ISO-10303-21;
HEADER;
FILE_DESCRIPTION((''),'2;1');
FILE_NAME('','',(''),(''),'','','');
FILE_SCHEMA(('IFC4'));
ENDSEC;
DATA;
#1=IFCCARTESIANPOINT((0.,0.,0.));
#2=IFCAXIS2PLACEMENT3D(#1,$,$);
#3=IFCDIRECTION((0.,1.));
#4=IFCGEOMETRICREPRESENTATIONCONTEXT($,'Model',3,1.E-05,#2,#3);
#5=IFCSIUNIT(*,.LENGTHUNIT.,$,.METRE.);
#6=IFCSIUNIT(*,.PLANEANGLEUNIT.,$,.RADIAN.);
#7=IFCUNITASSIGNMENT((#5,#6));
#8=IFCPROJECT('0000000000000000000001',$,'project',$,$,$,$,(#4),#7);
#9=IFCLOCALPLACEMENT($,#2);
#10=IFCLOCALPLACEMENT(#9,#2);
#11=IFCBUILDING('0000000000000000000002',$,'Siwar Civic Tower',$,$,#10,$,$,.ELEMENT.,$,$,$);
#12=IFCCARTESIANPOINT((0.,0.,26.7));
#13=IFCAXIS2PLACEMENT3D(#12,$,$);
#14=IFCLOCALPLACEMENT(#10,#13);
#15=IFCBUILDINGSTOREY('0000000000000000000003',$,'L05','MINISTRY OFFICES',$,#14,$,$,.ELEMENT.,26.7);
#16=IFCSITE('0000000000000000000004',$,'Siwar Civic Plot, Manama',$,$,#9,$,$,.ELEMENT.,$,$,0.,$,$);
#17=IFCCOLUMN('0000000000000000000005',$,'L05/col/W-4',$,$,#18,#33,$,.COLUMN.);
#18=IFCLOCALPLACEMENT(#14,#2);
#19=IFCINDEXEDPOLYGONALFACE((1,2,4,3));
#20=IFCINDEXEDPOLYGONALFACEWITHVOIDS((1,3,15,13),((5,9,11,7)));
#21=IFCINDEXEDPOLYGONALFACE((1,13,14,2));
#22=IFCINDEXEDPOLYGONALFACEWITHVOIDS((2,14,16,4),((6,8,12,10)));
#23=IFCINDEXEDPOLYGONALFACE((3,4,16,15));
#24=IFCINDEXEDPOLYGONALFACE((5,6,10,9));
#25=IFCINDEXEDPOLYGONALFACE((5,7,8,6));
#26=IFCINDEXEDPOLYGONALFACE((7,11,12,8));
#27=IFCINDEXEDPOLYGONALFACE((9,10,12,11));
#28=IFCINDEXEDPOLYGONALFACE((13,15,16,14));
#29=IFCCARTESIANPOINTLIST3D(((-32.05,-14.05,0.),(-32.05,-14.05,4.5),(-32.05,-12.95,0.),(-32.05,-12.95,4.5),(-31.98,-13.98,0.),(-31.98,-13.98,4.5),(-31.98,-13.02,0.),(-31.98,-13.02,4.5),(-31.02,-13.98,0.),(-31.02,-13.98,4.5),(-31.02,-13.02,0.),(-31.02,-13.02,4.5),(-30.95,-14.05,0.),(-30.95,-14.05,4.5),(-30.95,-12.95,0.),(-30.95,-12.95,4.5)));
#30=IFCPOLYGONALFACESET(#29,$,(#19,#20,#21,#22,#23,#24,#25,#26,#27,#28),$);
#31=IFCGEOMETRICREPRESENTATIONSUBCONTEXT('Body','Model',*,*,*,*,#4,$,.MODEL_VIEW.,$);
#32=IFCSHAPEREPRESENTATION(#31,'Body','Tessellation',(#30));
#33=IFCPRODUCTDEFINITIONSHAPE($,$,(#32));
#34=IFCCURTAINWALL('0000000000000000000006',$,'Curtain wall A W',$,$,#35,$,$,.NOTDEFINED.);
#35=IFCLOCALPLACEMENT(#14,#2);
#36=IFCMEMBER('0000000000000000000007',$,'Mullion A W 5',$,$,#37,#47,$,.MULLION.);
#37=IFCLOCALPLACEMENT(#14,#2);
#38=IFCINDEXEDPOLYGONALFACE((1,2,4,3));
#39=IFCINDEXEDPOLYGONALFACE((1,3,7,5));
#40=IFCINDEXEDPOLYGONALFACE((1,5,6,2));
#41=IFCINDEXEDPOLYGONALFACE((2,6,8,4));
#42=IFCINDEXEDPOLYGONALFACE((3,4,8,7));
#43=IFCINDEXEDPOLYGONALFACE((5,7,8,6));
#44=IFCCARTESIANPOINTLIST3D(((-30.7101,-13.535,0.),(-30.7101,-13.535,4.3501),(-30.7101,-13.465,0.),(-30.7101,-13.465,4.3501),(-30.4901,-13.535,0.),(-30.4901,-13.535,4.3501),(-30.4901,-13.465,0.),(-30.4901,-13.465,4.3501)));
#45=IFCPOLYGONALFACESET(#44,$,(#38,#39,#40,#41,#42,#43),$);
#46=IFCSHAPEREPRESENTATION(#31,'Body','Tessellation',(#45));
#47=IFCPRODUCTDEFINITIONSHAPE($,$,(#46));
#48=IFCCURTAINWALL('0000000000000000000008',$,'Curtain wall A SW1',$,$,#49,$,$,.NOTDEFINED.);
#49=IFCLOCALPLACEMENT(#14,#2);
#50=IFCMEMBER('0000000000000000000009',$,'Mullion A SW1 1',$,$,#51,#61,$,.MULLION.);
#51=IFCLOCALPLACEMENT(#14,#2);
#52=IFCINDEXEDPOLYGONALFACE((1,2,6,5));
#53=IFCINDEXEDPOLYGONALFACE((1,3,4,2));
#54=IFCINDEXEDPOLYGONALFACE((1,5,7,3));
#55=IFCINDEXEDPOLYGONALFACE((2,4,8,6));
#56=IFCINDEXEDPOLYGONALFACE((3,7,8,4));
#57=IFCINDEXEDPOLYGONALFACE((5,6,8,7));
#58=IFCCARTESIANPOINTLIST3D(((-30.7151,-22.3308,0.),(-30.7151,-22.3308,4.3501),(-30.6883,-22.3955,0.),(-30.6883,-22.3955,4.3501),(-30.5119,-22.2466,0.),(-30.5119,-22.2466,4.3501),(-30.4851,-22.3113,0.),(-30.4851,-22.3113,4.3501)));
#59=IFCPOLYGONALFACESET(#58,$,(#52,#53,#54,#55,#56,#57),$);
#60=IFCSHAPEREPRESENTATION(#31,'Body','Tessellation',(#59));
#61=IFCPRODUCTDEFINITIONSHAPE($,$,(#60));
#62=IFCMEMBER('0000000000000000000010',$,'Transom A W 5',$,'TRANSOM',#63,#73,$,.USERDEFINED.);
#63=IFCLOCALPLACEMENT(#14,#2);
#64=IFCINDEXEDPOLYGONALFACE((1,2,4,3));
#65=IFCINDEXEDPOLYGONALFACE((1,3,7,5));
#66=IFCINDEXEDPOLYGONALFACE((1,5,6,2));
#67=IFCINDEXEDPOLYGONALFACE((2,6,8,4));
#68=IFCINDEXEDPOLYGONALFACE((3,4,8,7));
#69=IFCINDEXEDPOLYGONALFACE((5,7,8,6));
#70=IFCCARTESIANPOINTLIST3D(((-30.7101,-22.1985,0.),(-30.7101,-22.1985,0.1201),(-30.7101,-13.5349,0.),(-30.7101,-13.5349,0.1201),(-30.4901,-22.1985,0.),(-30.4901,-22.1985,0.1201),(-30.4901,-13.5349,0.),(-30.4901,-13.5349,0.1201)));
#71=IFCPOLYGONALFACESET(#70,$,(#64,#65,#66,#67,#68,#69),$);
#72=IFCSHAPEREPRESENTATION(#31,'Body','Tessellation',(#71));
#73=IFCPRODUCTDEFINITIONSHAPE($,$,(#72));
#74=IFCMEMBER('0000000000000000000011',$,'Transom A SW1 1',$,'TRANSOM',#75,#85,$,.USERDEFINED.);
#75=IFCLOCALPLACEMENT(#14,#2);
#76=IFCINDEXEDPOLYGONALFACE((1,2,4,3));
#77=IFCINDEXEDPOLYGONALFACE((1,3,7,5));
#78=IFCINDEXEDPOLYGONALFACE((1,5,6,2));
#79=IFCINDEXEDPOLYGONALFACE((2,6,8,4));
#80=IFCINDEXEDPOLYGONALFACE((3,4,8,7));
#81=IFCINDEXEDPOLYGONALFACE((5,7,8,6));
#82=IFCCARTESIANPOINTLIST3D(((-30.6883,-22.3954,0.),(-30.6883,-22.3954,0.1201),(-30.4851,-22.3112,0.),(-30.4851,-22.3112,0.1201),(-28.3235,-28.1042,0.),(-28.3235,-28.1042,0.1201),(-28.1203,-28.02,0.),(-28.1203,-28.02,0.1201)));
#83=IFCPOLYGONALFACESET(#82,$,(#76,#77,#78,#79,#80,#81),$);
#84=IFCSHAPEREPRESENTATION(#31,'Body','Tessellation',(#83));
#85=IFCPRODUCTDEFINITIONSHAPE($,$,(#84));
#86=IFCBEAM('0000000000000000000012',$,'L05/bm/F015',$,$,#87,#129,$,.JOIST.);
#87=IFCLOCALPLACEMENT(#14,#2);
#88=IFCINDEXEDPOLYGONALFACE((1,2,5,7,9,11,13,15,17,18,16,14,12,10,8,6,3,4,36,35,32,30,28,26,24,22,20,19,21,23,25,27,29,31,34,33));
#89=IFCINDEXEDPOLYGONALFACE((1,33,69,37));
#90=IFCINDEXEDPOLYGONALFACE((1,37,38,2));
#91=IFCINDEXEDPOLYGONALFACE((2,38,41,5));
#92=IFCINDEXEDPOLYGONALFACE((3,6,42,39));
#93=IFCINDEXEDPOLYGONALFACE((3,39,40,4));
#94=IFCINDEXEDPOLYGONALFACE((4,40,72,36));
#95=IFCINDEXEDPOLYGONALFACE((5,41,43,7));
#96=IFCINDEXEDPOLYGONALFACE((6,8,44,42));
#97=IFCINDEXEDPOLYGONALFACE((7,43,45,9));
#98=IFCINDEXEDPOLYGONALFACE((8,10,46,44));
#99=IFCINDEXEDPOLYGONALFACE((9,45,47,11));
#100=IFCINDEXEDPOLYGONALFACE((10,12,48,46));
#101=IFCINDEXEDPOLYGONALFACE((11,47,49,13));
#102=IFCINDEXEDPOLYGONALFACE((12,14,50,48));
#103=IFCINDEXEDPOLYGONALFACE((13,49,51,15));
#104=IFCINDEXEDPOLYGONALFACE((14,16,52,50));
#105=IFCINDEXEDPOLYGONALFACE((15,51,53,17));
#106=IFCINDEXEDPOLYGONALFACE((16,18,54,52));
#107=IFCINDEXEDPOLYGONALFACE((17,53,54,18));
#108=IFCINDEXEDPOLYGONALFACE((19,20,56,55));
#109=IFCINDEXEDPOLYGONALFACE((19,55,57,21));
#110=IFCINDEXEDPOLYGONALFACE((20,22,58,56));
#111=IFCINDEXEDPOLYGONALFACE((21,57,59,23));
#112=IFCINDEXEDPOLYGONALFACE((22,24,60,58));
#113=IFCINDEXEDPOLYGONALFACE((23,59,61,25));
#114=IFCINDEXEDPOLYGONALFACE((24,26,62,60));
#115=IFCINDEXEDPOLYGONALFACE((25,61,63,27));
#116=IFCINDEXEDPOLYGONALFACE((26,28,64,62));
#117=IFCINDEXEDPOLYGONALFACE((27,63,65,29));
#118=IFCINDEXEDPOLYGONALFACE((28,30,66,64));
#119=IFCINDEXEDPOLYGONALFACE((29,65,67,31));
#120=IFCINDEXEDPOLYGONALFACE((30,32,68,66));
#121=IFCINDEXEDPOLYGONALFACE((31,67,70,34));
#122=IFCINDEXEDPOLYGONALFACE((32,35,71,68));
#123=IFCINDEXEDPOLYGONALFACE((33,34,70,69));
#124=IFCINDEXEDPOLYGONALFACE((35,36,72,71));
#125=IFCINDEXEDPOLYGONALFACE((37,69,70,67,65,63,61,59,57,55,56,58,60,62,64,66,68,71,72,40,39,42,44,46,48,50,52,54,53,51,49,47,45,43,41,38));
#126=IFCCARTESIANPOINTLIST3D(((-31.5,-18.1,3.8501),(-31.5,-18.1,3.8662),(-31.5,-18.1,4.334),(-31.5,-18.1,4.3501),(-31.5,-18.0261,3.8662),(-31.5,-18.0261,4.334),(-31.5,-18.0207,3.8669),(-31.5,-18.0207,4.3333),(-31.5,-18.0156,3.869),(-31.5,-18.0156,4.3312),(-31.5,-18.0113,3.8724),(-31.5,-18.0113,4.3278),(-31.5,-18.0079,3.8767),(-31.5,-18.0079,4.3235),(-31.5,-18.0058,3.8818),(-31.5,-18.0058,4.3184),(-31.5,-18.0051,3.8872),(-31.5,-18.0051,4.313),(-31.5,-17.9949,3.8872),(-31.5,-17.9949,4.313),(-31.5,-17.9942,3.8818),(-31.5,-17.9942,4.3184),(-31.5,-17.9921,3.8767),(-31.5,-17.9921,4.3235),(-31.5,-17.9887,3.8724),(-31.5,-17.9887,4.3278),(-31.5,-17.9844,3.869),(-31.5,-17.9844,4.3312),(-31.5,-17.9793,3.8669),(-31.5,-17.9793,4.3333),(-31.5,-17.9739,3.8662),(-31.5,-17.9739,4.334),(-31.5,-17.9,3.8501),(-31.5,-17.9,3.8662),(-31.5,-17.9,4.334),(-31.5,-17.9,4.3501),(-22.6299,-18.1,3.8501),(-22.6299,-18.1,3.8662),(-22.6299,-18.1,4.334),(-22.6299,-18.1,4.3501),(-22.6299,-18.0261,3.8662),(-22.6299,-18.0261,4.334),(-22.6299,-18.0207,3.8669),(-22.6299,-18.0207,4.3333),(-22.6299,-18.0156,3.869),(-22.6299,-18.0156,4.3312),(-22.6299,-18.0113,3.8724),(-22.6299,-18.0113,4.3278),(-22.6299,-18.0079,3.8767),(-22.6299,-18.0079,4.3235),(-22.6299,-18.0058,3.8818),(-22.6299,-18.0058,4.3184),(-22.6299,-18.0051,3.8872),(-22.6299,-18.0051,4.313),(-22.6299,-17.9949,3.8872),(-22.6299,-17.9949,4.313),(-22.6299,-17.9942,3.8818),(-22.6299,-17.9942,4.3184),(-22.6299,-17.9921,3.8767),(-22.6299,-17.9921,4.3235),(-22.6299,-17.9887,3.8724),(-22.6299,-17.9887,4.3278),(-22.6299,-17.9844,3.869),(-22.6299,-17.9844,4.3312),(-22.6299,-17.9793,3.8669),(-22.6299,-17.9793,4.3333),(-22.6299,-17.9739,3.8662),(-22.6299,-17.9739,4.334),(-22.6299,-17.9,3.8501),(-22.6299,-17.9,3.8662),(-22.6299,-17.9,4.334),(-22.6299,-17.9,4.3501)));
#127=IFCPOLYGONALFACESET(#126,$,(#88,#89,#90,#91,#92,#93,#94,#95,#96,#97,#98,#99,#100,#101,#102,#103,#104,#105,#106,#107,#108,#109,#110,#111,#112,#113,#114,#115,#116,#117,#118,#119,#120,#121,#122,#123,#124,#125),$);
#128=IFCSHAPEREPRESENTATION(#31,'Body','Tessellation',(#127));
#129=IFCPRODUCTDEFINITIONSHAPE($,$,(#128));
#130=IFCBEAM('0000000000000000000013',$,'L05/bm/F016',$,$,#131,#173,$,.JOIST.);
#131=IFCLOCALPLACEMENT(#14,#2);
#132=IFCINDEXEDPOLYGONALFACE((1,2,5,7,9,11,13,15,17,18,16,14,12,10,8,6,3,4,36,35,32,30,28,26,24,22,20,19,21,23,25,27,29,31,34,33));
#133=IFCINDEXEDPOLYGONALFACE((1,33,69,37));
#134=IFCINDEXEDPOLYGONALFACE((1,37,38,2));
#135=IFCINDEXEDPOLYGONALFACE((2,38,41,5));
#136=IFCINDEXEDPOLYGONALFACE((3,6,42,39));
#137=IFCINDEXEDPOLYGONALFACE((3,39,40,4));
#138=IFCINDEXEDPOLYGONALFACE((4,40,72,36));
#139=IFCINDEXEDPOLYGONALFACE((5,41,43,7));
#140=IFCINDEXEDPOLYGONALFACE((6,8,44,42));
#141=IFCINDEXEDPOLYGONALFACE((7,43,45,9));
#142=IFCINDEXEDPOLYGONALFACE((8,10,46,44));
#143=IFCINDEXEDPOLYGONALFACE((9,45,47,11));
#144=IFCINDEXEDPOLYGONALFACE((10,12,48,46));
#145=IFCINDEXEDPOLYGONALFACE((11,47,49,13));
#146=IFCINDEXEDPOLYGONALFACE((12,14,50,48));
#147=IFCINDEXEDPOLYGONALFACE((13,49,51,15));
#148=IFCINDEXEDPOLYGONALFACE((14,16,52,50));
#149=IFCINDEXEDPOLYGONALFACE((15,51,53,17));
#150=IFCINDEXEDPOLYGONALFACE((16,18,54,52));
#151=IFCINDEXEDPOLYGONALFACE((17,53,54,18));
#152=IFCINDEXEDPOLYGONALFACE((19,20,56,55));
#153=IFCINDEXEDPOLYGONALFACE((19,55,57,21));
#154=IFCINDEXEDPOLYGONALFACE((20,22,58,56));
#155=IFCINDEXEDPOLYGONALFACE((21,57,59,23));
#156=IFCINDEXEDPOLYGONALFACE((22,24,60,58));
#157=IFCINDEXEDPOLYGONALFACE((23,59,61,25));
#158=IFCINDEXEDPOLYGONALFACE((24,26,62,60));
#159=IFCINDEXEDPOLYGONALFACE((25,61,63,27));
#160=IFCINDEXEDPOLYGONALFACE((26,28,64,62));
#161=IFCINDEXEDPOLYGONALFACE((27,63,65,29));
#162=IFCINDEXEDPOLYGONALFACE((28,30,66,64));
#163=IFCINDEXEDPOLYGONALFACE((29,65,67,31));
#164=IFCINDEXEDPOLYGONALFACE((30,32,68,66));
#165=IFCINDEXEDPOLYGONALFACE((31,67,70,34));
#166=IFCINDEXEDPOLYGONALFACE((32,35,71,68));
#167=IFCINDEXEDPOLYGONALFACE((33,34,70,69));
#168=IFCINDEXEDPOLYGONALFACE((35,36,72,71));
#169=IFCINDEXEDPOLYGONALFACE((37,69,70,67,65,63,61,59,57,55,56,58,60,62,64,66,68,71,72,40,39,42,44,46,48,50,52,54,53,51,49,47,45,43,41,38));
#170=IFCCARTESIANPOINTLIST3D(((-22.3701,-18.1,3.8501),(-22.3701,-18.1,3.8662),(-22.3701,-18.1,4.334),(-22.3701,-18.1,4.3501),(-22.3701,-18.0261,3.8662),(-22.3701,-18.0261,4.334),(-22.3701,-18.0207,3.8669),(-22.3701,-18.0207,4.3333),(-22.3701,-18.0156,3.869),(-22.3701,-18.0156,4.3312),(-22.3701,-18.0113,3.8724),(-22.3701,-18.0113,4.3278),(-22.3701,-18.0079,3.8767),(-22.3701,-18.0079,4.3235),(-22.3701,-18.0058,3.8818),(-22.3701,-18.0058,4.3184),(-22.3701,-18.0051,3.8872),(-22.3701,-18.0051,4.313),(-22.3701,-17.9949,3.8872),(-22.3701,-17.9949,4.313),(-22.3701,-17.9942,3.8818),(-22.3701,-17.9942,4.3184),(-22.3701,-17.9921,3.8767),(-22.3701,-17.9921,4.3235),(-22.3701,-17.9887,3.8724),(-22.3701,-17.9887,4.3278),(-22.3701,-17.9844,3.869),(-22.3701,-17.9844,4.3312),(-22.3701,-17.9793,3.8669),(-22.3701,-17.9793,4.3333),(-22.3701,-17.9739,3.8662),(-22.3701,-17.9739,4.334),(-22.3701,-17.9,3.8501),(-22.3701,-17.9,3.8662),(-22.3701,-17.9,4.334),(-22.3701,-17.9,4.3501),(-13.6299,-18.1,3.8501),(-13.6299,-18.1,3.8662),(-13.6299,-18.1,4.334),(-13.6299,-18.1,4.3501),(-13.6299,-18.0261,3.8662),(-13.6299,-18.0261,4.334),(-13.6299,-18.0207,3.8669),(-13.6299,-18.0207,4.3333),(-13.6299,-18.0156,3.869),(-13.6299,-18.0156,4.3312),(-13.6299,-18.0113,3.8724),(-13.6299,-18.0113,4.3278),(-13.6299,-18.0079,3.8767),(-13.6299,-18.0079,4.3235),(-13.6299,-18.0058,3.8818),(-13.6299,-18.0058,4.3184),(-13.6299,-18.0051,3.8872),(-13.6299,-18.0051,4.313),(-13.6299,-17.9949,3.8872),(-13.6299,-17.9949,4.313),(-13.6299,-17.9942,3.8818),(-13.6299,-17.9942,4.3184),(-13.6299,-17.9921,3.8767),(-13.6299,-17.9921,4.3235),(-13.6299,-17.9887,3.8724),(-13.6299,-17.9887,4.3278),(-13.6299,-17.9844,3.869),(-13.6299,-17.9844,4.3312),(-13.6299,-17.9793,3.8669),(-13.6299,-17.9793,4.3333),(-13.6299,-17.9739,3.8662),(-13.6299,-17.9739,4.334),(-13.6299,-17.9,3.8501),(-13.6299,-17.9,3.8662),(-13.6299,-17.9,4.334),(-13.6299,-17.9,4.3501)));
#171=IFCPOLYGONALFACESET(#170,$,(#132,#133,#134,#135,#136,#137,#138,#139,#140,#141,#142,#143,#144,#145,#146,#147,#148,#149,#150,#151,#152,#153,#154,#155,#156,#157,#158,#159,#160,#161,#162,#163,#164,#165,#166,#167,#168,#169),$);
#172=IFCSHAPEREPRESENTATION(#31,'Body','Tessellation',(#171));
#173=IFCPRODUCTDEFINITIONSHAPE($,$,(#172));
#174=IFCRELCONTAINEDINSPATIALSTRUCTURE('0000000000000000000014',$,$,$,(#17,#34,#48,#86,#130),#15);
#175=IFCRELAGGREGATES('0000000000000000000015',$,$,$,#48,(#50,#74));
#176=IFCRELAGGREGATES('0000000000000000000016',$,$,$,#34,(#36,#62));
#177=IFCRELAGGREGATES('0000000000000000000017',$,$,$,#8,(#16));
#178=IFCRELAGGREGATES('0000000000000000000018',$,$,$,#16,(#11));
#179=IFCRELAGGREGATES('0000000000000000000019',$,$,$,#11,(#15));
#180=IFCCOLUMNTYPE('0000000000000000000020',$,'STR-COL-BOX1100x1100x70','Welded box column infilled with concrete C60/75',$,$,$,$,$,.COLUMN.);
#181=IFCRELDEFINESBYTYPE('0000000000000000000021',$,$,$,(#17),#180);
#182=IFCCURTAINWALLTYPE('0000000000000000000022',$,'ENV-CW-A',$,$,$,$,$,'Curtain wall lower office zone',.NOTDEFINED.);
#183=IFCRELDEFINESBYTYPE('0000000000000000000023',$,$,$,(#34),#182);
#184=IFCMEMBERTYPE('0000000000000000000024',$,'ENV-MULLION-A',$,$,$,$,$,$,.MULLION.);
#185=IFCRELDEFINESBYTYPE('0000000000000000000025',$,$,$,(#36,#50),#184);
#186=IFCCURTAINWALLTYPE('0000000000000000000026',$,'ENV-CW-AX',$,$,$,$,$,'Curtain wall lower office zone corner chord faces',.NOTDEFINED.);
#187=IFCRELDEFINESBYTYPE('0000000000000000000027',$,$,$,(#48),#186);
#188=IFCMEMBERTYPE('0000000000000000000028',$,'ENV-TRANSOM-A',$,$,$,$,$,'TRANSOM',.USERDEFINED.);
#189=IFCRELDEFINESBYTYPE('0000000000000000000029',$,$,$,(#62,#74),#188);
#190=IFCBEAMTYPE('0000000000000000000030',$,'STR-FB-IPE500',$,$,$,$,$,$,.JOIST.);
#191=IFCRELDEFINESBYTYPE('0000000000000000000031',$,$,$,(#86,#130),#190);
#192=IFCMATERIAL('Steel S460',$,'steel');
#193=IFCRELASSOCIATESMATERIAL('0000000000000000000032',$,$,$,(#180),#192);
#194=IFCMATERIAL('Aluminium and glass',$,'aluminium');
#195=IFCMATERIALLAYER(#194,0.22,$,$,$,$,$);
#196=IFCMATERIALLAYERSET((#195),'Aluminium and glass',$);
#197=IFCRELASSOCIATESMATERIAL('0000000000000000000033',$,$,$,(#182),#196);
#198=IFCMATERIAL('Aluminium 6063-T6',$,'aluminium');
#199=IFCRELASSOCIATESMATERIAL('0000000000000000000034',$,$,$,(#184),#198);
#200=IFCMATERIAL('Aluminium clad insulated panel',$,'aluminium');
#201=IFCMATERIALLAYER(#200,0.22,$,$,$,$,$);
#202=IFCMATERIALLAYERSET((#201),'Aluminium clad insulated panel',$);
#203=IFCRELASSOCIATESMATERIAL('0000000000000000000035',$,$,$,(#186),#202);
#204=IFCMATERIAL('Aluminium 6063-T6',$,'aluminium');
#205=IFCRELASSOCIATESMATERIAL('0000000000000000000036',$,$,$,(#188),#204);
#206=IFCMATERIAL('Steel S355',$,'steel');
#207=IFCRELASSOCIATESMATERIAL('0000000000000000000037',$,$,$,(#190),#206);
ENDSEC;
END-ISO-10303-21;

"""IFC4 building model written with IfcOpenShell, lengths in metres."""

from ifc_helpers import new_model, si_unit, direction, frame, origin, origin_2d, place, context, subcontext, project, spatial, rectangle, hollow_rectangle, i_section, extrude, material, layer, layer_set, material_profile, profile_set, type_object, element, aggregate, save


model = new_model("IFC4")

# Units and contexts
model_context = context("Model", 3, precision=1e-05, world=origin(), true_north=direction((0.0, 1.0)))
body_context = subcontext(model_context, "Body", "Model", "MODEL_VIEW")
ifc_project = project(units=[si_unit("LENGTHUNIT", "METRE"), si_unit("PLANEANGLEUNIT", "RADIAN")], contexts=[model_context])

# Site, building, storey
site_placement = place(None, origin())
site = spatial("IfcSite", under=ifc_project, at=site_placement, Name="Siwar Civic Plot, Manama", CompositionType="ELEMENT", RefElevation=0.0)
building_placement = place(site_placement, origin())
building = spatial("IfcBuilding", under=site, at=building_placement, Name="Siwar Civic Tower", CompositionType="ELEMENT")
storey_placement = place(building_placement, frame((0.0, 0.0, 26.7)))
storey = spatial("IfcBuildingStorey", under=building, at=storey_placement, Name="L05", Description="MINISTRY OFFICES", CompositionType="ELEMENT", Elevation=26.7)

# Column
ifc_material_1 = material(Name="Steel S460", Category="steel")
ifc_material_profile_1 = material_profile(ifc_material_1, hollow_rectangle(XDim=1.1001, YDim=1.1001, WallThickness=0.0701, at=origin_2d()), Name="BOX1100x1100x70")
ifc_profile_set_1 = profile_set([ifc_material_profile_1], Name="Steel S460")
column_type = type_object("IfcColumnType", Name="STR-COL-BOX1100x1100x70", Description="Welded box column infilled with concrete C60/75", PredefinedType="COLUMN", material=ifc_profile_set_1)
column_placement = place(storey_placement, frame((-31.5, -13.5, 0.0), z_axis=(0.0, 0.0, 1.0), x_axis=(1.0, 0.0, 0.0)))
element("IfcColumn", 1, at=column_placement, inside=storey, type_object=column_type, Name="L05/col/W-4", PredefinedType="COLUMN", context=body_context, shape_type="SweptSolid", body=[
    extrude(hollow_rectangle(XDim=1.1001, YDim=1.1001, WallThickness=0.0701, at=origin_2d()), origin(), (0.0, 0.0, 1.0), 4.5),
])

# Curtain walls, members
ifc_material_2 = material(Name="Aluminium and glass", Category="aluminium")
ifc_layer_1 = layer(ifc_material_2, 0.22)
ifc_layer_set_1 = layer_set([ifc_layer_1], Name="Aluminium and glass")
curtain_wall_type_1 = type_object("IfcCurtainWallType", Name="ENV-CW-A", ElementType="Curtain wall lower office zone", PredefinedType="NOTDEFINED", material=ifc_layer_set_1)
curtain_wall_1_placement = place(storey_placement, origin())
curtain_wall_1 = element("IfcCurtainWall", 2, at=curtain_wall_1_placement, inside=storey, type_object=curtain_wall_type_1, Name="Curtain wall A W", PredefinedType="NOTDEFINED")
ifc_material_3 = material(Name="Aluminium 6063-T6", Category="aluminium")
ifc_material_profile_2 = material_profile(ifc_material_3, rectangle(XDim=0.22, YDim=0.0701, at=origin_2d()), Name="AL 220x70")
ifc_profile_set_2 = profile_set([ifc_material_profile_2], Name="Aluminium 6063-T6")
member_type_1 = type_object("IfcMemberType", Name="ENV-MULLION-A", PredefinedType="MULLION", material=ifc_profile_set_2)
member_1_placement = place(storey_placement, frame((-30.6001, -13.5, 0.0), z_axis=(0.0, 0.0, 1.0), x_axis=(1.0, 0.0, 0.0)))
member_1 = element("IfcMember", 3, at=member_1_placement, type_object=member_type_1, Name="Mullion A W 5", PredefinedType="MULLION", context=body_context, shape_type="SweptSolid", body=[
    extrude(rectangle(XDim=0.22, YDim=0.0701, at=origin_2d()), origin(), (0.0, 0.0, 1.0), 4.3501),
])
ifc_material_4 = material(Name="Aluminium clad insulated panel", Category="aluminium")
ifc_layer_2 = layer(ifc_material_4, 0.22)
ifc_layer_set_2 = layer_set([ifc_layer_2], Name="Aluminium clad insulated panel")
curtain_wall_type_2 = type_object("IfcCurtainWallType", Name="ENV-CW-AX", ElementType="Curtain wall lower office zone corner chord faces", PredefinedType="NOTDEFINED", material=ifc_layer_set_2)
curtain_wall_2_placement = place(storey_placement, origin())
curtain_wall_2 = element("IfcCurtainWall", 4, at=curtain_wall_2_placement, inside=storey, type_object=curtain_wall_type_2, Name="Curtain wall A SW1", PredefinedType="NOTDEFINED")
member_2_placement = place(storey_placement, frame((-30.6001, -22.321, 0.0), z_axis=(0.0, 0.0, 1.0), x_axis=(0.92388, 0.382683, 0.0)))
member_2 = element("IfcMember", 5, at=member_2_placement, type_object=member_type_1, Name="Mullion A SW1 1", PredefinedType="MULLION", context=body_context, shape_type="SweptSolid", body=[
    extrude(rectangle(XDim=0.22, YDim=0.0701, at=origin_2d()), origin(), (0.0, 0.0, 1.0), 4.3501),
])

# Members
ifc_material_5 = material(Name="Aluminium 6063-T6", Category="aluminium")
ifc_material_profile_3 = material_profile(ifc_material_5, rectangle(XDim=0.22, YDim=0.1201, at=origin_2d()), Name="AL 220x120")
ifc_profile_set_3 = profile_set([ifc_material_profile_3], Name="Aluminium 6063-T6")
member_type_2 = type_object("IfcMemberType", Name="ENV-TRANSOM-A", ElementType="TRANSOM", PredefinedType="USERDEFINED", material=ifc_profile_set_3)
member_3_placement = place(storey_placement, frame((-30.6001, -13.5349, 0.0601), z_axis=(0.0, -1.0, 0.0), x_axis=(1.0, 0.0, 0.0)))
member_3 = element("IfcMember", 6, at=member_3_placement, type_object=member_type_2, Name="Transom A W 5", ObjectType="TRANSOM", PredefinedType="USERDEFINED", context=body_context, shape_type="SweptSolid", body=[
    extrude(rectangle(XDim=0.22, YDim=0.1201, at=origin_2d()), origin(), (0.0, 0.0, 1.0), 8.6636),
])
member_4_placement = place(storey_placement, frame((-30.5867, -22.3533, 0.0601), z_axis=(0.382698, -0.923873, 0.0), x_axis=(0.923873, 0.382698, 0.0)))
member_4 = element("IfcMember", 7, at=member_4_placement, type_object=member_type_2, Name="Transom A SW1 1", ObjectType="TRANSOM", PredefinedType="USERDEFINED", context=body_context, shape_type="SweptSolid", body=[
    extrude(rectangle(XDim=0.22, YDim=0.1201, at=origin_2d()), origin(), (0.0, 0.0, 1.0), 6.1792),
])
aggregate(curtain_wall_2, [member_2, member_4])

# Beams
ifc_material_6 = material(Name="Steel S355", Category="steel")
ifc_material_profile_4 = material_profile(ifc_material_6, i_section(OverallWidth=0.2, OverallDepth=0.5, WebThickness=0.0103, FlangeThickness=0.0161, FilletRadius=0.021, at=origin_2d()), Name="IPE500")
ifc_profile_set_4 = profile_set([ifc_material_profile_4], Name="Steel S355")
beam_type_1 = type_object("IfcBeamType", Name="STR-FB-IPE500", PredefinedType="JOIST", material=ifc_profile_set_4)
beam_1_placement = place(storey_placement, frame((-31.5, -18.0, 4.1001), z_axis=(1.0, 0.0, 0.0), x_axis=(0.0, 1.0, 0.0)))
element("IfcBeam", 8, at=beam_1_placement, inside=storey, type_object=beam_type_1, Name="L05/bm/F015", PredefinedType="JOIST", context=body_context, shape_type="SweptSolid", body=[
    extrude(i_section(OverallWidth=0.2, OverallDepth=0.5, WebThickness=0.0103, FlangeThickness=0.0161, FilletRadius=0.021, at=origin_2d()), origin(), (0.0, 0.0, 1.0), 8.8701),
])
beam_2_placement = place(storey_placement, frame((-22.3701, -18.0, 4.1001), z_axis=(1.0, 0.0, 0.0), x_axis=(0.0, 1.0, 0.0)))
element("IfcBeam", 9, at=beam_2_placement, inside=storey, type_object=beam_type_1, Name="L05/bm/F016", PredefinedType="JOIST", context=body_context, shape_type="SweptSolid", body=[
    extrude(i_section(OverallWidth=0.2, OverallDepth=0.5, WebThickness=0.0103, FlangeThickness=0.0161, FilletRadius=0.021, at=origin_2d()), origin(), (0.0, 0.0, 1.0), 8.7402),
])

aggregate(curtain_wall_1, [member_1, member_3])

save(model, "model.ifc")
